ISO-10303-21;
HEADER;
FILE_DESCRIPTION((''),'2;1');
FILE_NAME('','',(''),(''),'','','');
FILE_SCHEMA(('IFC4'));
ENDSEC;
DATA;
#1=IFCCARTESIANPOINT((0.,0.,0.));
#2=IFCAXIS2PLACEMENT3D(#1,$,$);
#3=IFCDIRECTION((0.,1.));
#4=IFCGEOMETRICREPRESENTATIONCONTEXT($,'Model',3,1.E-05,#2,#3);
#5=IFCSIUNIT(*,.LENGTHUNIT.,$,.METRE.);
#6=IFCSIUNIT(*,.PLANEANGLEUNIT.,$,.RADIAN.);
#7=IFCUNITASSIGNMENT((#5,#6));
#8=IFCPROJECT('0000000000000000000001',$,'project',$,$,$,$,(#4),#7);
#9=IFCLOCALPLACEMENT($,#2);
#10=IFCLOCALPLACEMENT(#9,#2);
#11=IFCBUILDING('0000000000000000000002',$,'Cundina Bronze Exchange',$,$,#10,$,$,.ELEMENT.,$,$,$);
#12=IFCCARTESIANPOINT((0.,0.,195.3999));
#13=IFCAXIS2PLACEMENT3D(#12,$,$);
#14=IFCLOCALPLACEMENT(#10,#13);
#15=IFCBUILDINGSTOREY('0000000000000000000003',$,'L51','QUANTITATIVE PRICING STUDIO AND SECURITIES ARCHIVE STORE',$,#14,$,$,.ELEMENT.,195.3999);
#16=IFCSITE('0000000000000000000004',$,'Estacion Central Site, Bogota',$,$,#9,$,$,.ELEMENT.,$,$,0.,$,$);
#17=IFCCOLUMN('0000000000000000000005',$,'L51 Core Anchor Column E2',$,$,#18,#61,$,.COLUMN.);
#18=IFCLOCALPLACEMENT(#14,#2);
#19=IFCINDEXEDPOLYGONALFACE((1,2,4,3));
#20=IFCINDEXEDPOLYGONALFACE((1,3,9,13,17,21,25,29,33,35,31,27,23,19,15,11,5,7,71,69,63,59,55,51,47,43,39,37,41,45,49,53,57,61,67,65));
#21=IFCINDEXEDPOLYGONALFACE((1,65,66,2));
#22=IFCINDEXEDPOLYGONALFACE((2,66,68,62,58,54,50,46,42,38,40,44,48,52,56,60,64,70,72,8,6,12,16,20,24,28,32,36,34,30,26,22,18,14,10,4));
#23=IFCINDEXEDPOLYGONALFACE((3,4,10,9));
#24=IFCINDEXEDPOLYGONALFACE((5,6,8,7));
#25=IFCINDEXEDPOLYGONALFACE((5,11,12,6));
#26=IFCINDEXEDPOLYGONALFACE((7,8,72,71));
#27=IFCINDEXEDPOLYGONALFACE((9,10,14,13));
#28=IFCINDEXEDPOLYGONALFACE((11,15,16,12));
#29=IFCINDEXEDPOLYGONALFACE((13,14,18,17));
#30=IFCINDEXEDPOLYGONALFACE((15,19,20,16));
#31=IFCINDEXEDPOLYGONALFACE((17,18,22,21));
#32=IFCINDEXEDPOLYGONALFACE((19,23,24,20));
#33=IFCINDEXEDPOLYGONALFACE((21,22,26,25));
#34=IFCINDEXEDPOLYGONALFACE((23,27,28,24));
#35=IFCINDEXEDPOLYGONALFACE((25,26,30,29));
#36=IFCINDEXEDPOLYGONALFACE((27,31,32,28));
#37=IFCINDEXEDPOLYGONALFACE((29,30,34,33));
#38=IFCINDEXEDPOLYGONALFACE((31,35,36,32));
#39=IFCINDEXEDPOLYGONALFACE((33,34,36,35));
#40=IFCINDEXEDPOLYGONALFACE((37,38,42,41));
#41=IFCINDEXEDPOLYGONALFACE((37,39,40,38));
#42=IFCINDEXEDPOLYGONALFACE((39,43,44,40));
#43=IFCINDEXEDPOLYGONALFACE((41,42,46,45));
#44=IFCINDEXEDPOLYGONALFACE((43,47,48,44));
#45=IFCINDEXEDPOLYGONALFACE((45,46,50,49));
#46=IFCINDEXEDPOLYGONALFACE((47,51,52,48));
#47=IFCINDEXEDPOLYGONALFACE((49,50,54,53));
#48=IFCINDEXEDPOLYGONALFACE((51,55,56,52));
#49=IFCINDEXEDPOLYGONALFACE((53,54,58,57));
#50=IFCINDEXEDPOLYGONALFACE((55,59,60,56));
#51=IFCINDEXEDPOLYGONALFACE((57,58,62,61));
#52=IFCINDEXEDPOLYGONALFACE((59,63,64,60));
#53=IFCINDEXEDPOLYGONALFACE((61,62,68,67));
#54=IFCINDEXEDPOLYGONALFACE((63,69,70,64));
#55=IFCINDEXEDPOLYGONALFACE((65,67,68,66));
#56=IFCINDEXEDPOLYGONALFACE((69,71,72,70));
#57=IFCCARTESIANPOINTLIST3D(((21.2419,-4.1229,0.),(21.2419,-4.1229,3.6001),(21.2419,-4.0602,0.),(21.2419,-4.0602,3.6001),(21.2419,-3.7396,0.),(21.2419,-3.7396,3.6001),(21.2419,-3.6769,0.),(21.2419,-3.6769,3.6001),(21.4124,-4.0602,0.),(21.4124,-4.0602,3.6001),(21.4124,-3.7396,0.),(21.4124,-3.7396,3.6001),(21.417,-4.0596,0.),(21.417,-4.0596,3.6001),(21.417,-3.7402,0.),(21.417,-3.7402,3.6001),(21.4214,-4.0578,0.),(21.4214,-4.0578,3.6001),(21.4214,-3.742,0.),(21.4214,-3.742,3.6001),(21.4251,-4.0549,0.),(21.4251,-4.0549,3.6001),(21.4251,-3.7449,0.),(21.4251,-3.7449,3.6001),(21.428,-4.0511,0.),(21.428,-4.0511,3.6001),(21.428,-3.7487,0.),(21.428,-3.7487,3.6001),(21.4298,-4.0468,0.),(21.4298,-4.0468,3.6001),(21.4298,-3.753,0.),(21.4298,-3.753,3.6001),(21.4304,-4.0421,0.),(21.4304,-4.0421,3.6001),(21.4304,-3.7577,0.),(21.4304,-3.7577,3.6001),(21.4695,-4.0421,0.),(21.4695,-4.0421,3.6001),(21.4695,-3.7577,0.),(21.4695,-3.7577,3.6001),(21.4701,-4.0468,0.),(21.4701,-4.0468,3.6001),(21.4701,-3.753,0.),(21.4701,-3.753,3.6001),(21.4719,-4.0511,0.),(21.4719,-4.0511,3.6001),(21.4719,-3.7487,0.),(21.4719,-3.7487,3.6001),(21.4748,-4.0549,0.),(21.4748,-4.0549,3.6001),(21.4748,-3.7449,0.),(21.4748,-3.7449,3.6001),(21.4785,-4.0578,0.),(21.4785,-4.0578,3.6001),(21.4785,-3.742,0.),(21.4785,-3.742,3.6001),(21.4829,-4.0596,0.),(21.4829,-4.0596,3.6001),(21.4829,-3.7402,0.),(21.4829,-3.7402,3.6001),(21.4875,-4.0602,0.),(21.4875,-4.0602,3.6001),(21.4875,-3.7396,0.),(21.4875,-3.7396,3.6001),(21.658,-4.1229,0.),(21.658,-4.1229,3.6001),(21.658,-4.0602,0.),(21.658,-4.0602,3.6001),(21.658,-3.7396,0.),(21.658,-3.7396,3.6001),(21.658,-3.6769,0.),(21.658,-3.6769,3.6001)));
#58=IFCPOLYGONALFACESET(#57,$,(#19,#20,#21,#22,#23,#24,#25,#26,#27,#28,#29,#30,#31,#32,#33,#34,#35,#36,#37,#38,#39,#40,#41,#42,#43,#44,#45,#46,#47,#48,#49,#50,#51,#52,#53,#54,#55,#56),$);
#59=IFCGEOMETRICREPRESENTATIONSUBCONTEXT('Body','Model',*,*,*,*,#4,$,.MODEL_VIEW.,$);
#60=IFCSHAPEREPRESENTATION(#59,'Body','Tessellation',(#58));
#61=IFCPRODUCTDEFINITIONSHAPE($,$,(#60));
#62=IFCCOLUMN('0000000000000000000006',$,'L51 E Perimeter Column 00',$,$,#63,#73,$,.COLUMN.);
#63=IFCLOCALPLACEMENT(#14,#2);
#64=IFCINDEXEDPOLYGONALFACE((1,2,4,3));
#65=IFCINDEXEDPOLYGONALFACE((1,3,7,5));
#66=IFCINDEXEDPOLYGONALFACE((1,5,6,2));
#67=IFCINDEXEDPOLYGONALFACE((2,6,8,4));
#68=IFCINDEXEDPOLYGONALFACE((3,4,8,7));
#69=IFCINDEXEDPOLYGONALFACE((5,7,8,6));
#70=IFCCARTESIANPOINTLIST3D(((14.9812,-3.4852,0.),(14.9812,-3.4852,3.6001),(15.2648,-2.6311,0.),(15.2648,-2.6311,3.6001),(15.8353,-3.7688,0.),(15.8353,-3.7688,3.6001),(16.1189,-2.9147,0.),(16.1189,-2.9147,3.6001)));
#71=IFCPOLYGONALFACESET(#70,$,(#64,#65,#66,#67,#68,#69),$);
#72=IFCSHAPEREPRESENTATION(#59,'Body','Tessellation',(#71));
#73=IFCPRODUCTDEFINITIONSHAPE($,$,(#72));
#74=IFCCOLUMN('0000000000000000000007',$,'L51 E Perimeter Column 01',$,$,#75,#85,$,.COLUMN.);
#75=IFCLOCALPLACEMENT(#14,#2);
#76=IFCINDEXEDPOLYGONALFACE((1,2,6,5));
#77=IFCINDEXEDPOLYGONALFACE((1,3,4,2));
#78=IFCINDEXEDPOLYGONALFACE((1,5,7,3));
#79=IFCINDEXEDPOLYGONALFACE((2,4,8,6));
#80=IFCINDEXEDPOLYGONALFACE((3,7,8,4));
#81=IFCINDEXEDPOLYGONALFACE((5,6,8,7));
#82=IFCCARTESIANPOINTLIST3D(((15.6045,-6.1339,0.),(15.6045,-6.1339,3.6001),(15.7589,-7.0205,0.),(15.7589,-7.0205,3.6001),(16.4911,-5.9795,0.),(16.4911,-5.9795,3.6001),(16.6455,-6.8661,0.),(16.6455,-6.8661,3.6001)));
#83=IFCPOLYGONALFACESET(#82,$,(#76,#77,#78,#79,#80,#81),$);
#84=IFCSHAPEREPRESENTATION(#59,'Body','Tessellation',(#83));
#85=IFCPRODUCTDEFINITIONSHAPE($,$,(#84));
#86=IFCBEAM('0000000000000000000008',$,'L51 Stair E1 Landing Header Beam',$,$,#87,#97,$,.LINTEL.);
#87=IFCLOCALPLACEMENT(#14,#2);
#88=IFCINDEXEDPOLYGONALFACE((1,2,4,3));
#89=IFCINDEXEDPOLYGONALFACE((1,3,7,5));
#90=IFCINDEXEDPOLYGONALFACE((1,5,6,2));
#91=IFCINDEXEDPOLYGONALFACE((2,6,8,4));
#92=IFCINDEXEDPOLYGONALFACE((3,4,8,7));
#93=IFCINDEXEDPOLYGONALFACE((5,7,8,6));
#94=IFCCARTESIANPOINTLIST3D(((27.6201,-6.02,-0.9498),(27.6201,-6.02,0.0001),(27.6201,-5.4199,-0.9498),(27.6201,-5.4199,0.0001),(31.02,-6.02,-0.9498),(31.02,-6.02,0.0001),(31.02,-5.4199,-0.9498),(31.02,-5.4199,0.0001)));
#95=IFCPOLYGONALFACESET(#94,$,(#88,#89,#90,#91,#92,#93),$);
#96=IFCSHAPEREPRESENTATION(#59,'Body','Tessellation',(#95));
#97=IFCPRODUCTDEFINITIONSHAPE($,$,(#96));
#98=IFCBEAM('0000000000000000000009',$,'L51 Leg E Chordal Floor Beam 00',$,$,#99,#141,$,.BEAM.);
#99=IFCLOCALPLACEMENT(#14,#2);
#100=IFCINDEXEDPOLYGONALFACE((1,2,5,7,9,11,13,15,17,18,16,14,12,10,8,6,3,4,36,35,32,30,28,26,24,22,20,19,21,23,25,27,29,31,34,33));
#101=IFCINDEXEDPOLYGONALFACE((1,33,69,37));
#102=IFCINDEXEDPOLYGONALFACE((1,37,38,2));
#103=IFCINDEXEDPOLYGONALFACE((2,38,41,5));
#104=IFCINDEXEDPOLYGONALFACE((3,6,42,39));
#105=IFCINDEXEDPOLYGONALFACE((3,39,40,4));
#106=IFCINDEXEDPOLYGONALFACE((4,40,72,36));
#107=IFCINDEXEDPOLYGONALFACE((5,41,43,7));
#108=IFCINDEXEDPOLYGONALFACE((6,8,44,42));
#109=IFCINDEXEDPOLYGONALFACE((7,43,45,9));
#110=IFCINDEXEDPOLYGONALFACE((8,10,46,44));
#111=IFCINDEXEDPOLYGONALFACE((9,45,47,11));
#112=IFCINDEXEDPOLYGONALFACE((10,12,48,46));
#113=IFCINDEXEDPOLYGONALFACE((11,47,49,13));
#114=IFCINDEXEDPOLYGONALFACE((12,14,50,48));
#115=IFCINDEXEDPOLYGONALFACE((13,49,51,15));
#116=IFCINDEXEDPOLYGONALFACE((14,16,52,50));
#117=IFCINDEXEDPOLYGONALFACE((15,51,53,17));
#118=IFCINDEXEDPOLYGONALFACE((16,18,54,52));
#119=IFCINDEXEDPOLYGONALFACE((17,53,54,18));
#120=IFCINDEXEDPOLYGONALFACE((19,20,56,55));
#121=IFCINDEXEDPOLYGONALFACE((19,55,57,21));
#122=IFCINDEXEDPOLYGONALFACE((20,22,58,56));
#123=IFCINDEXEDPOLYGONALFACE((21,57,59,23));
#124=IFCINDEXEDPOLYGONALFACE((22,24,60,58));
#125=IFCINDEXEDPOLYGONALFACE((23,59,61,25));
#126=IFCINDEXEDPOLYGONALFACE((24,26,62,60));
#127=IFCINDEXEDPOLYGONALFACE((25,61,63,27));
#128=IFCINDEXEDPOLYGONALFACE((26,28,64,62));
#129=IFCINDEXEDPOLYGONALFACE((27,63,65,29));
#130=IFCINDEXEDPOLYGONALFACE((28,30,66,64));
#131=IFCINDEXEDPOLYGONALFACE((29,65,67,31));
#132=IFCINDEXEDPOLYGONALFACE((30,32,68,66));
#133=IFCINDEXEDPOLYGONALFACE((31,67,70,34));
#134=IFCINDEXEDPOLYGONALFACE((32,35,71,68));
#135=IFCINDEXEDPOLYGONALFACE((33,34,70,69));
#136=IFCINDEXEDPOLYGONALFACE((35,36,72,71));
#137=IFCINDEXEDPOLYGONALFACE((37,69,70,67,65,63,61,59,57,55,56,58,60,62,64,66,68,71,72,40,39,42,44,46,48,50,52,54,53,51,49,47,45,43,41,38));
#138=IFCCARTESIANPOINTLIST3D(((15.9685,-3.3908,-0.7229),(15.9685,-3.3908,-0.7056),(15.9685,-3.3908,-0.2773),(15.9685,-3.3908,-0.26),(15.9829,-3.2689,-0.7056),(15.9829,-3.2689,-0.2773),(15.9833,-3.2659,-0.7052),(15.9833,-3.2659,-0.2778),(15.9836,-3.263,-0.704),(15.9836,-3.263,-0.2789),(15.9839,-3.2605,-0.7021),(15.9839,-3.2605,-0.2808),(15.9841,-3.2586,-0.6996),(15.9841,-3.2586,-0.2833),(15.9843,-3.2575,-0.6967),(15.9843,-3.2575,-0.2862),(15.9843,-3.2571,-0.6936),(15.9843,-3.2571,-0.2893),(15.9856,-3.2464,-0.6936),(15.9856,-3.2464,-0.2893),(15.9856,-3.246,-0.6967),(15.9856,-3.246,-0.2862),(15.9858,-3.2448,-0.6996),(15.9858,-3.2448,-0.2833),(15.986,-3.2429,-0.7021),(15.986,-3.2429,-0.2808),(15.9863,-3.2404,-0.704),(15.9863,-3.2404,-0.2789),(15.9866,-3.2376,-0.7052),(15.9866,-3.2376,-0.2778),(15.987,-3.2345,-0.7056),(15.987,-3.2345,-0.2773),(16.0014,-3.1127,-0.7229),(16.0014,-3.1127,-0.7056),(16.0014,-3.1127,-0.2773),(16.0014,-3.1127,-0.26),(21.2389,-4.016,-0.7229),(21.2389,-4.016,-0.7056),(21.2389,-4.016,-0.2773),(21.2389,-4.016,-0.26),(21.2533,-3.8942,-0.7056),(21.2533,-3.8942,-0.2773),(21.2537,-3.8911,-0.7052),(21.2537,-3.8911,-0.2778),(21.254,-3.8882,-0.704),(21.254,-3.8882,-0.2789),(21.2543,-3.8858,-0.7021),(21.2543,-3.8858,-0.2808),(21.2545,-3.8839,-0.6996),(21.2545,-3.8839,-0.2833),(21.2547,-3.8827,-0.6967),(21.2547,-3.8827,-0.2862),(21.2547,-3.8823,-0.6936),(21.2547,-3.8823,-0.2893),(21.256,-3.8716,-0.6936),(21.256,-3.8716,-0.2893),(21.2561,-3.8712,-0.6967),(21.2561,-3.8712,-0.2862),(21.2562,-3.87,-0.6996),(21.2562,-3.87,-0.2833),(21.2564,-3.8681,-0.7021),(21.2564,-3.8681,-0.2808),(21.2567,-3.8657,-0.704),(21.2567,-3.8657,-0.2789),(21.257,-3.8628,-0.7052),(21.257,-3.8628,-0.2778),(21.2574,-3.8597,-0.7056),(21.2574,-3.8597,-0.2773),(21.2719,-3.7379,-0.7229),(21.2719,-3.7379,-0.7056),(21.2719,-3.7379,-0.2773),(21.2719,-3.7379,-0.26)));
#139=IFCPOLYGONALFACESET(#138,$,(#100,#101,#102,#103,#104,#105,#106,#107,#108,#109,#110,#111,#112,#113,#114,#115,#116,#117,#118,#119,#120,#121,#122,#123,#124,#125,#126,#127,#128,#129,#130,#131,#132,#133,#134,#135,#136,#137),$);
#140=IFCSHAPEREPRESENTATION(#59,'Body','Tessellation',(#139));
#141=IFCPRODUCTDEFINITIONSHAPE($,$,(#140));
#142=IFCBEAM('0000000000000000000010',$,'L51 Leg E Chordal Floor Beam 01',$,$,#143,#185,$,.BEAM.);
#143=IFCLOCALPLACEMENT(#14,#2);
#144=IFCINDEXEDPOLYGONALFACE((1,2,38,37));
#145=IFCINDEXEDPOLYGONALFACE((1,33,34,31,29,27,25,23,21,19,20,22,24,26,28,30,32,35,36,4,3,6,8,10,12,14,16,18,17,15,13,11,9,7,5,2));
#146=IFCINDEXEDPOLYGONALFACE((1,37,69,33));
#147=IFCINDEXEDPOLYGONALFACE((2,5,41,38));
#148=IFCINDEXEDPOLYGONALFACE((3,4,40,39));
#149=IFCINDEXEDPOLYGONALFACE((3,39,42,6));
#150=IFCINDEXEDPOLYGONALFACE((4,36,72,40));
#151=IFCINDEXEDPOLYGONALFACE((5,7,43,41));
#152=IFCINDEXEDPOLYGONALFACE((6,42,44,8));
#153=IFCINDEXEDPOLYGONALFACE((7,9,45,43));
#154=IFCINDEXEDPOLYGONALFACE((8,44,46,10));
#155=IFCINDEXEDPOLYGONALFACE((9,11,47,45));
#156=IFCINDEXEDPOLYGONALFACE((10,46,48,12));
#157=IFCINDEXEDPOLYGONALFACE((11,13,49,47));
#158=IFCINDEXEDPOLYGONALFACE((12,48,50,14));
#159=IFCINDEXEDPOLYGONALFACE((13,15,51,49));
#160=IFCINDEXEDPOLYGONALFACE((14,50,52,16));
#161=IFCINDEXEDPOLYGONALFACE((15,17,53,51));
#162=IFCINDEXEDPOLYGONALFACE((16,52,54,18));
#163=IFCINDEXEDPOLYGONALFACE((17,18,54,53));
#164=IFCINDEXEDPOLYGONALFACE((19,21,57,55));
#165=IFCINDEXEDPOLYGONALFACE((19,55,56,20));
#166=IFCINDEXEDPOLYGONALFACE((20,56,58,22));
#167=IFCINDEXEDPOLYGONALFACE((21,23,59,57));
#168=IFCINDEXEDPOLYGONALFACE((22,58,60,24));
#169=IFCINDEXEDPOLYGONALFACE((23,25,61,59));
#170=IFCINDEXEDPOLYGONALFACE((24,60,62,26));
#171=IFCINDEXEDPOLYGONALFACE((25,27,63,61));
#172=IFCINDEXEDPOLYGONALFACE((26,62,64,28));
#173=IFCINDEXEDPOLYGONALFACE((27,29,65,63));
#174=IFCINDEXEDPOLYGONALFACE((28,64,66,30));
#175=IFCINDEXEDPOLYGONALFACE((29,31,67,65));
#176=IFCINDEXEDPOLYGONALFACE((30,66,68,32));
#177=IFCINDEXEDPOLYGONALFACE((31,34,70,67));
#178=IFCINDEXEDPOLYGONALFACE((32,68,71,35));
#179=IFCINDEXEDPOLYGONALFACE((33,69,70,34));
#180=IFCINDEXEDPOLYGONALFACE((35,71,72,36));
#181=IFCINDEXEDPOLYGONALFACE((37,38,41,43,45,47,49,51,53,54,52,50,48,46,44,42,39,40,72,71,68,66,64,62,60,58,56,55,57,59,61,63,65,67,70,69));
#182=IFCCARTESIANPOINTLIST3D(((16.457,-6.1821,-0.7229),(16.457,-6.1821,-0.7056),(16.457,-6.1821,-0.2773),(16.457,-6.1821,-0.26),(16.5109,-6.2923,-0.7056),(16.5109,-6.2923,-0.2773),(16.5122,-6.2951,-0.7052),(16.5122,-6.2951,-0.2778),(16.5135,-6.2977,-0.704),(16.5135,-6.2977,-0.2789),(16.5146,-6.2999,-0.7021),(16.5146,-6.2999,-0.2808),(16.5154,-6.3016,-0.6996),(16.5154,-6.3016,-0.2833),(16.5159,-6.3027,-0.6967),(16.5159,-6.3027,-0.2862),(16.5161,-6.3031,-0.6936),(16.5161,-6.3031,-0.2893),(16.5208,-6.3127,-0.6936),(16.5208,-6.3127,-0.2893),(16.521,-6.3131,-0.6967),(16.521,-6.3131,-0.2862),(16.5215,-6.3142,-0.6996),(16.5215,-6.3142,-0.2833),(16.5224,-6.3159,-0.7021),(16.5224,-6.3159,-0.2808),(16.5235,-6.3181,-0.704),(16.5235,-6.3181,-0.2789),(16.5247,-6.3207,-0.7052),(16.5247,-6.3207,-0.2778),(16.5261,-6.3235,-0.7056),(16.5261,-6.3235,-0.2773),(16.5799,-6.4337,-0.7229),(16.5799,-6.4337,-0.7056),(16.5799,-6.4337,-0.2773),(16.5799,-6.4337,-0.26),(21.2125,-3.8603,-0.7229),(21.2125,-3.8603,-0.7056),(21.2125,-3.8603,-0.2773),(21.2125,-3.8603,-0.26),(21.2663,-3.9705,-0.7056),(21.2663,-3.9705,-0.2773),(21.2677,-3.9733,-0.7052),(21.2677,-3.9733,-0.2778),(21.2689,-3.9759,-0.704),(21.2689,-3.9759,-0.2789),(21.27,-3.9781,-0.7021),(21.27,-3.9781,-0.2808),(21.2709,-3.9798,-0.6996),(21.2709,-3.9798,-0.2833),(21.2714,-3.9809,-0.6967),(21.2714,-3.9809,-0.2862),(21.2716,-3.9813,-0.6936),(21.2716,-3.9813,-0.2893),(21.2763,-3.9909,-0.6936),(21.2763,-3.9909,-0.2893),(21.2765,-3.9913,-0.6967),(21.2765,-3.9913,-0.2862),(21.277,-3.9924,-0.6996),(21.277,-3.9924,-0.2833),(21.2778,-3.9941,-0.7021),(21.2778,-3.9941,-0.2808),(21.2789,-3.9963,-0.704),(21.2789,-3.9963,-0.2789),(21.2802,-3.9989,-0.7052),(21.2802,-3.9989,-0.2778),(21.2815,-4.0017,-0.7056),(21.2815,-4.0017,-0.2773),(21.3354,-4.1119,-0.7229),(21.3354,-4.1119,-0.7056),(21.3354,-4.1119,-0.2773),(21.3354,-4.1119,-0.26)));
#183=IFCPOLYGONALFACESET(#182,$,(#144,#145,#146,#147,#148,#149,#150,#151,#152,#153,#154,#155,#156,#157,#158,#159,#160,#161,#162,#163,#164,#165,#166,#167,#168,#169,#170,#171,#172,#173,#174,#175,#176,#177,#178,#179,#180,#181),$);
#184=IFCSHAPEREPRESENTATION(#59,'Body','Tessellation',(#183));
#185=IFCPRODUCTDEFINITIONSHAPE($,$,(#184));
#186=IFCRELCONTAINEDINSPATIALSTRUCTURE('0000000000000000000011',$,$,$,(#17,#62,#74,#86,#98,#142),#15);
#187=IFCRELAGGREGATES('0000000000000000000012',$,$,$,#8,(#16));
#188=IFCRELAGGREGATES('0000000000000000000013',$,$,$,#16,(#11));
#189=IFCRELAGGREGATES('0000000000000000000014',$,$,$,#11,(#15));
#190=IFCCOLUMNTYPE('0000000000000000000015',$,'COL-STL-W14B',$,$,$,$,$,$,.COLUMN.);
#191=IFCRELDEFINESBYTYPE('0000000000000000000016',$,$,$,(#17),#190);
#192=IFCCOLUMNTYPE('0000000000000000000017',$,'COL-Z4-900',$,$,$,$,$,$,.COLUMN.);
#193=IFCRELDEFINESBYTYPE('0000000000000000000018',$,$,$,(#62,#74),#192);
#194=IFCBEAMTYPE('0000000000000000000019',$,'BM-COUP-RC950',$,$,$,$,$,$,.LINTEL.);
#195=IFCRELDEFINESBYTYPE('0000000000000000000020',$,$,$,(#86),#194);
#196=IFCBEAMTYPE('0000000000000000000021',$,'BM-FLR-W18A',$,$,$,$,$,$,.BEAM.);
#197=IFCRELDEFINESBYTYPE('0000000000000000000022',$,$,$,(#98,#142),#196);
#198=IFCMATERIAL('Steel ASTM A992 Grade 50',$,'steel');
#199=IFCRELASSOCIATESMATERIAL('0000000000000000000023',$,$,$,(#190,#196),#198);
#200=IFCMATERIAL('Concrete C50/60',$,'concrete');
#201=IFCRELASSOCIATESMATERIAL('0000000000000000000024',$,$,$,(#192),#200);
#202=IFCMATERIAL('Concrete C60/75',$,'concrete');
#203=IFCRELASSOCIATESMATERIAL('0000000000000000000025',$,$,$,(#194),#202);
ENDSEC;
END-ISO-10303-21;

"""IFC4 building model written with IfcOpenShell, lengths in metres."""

from ifc_helpers import new_model, si_unit, direction, frame, origin, origin_2d, place, context, subcontext, project, spatial, rectangle, i_section, extrude, material, material_profile, profile_set, type_object, element, save


model = new_model("IFC4")

# Units and contexts
model_context = context("Model", 3, precision=1e-05, world=origin(), true_north=direction((0.0, 1.0)))
body_context = subcontext(model_context, "Body", "Model", "MODEL_VIEW")
ifc_project = project(units=[si_unit("LENGTHUNIT", "METRE"), si_unit("PLANEANGLEUNIT", "RADIAN")], contexts=[model_context])

# Site, building, storey
site_placement = place(None, origin())
site = spatial("IfcSite", under=ifc_project, at=site_placement, Name="Estacion Central Site, Bogota", CompositionType="ELEMENT", RefElevation=0.0)
building_placement = place(site_placement, origin())
building = spatial("IfcBuilding", under=site, at=building_placement, Name="Cundina Bronze Exchange", CompositionType="ELEMENT")
storey_placement = place(building_placement, frame((0.0, 0.0, 195.3999)))
storey = spatial("IfcBuildingStorey", under=building, at=storey_placement, Name="L51", Description="QUANTITATIVE PRICING STUDIO AND SECURITIES ARCHIVE STORE", CompositionType="ELEMENT", Elevation=195.3999)

# Columns
ifc_material_1 = material(Name="Steel ASTM A992 Grade 50", Category="steel")
ifc_material_profile_1 = material_profile(ifc_material_1, i_section(OverallWidth=0.416, OverallDepth=0.446, WebThickness=0.0391, FlangeThickness=0.0627, FilletRadius=0.0181, at=origin_2d()), Name="W14X342", Category="steel")
ifc_profile_set_1 = profile_set([ifc_material_profile_1], Name="Steel ASTM A992 Grade 50")
column_type_1 = type_object("IfcColumnType", Name="COL-STL-W14B", PredefinedType="COLUMN", material=ifc_profile_set_1)
column_placement = place(storey_placement, frame((21.45, -3.8999, 0.0), z_axis=(0.0, 0.0, 1.0), x_axis=(1.0, 0.0, 0.0)))
element("IfcColumn", 1, at=column_placement, inside=storey, type_object=column_type_1, Name="L51 Core Anchor Column E2", PredefinedType="COLUMN", context=body_context, shape_type="SweptSolid", body=[
    extrude(i_section(OverallWidth=0.416, OverallDepth=0.446, WebThickness=0.0391, FlangeThickness=0.0627, FilletRadius=0.0181, at=origin_2d()), origin(), (0.0, 0.0, 1.0), 3.6001),
])
ifc_material_2 = material(Name="Concrete C50/60", Category="concrete")
ifc_material_profile_2 = material_profile(ifc_material_2, rectangle(XDim=0.8999, YDim=0.8999, at=origin_2d()), Name="RC900X900", Category="concrete")
ifc_profile_set_2 = profile_set([ifc_material_profile_2], Name="Concrete C50/60")
column_type_2 = type_object("IfcColumnType", Name="COL-Z4-900", PredefinedType="COLUMN", material=ifc_profile_set_2)
for number, where, z_axis, x_axis, name in (
    (2, (15.55, -3.2, 0.0), (0.0, 0.0, 1.0), (-0.315152, -0.949041, 0.0), "L51 E Perimeter Column 00"),
    (3, (16.125, -6.5, 0.0), (0.0, 0.0, 1.0), (0.171585, -0.985169, 0.0), "L51 E Perimeter Column 01"),
):
    element("IfcColumn", number, at=place(storey_placement, frame(where, z_axis=z_axis, x_axis=x_axis)), inside=storey, type_object=column_type_2, Name=name, PredefinedType="COLUMN", context=body_context, shape_type="SweptSolid", body=[
        extrude(rectangle(XDim=0.8999, YDim=0.8999, at=origin_2d()), origin(), (0.0, 0.0, 1.0), 3.6001),
    ])

# Beams
ifc_material_3 = material(Name="Concrete C60/75", Category="concrete")
ifc_material_profile_3 = material_profile(ifc_material_3, rectangle(XDim=0.6001, YDim=0.95, at=origin_2d()), Name="RC600X950", Category="concrete")
ifc_profile_set_3 = profile_set([ifc_material_profile_3], Name="Concrete C60/75")
beam_type_1 = type_object("IfcBeamType", Name="BM-COUP-RC950", PredefinedType="LINTEL", material=ifc_profile_set_3)
beam_1_placement = place(storey_placement, frame((27.6201, -5.72, -0.4749), z_axis=(1.0, 0.0, 0.0), x_axis=(0.0, 1.0, 0.0)))
element("IfcBeam", 4, at=beam_1_placement, inside=storey, type_object=beam_type_1, Name="L51 Stair E1 Landing Header Beam", PredefinedType="LINTEL", context=body_context, shape_type="SweptSolid", body=[
    extrude(rectangle(XDim=0.6001, YDim=0.95, at=origin_2d()), origin(), (0.0, 0.0, 1.0), 3.3999),
])
ifc_material_profile_4 = material_profile(ifc_material_1, i_section(OverallWidth=0.28, OverallDepth=0.4629, WebThickness=0.0107, FlangeThickness=0.0173, FilletRadius=0.012, at=origin_2d()), Name="W18X76", Category="steel")
ifc_profile_set_4 = profile_set([ifc_material_profile_4], Name="Steel ASTM A992 Grade 50")
beam_type_2 = type_object("IfcBeamType", Name="BM-FLR-W18A", PredefinedType="BEAM", material=ifc_profile_set_4)
beam_2_placement = place(storey_placement, frame((21.2554, -3.877, -0.4915), z_axis=(-0.993037, 0.117805, 0.0), x_axis=(-0.117805, -0.993037, 0.0)))
element("IfcBeam", 5, at=beam_2_placement, inside=storey, type_object=beam_type_2, Name="L51 Leg E Chordal Floor Beam 00", PredefinedType="BEAM", context=body_context, shape_type="SweptSolid", body=[
    extrude(i_section(OverallWidth=0.28, OverallDepth=0.4629, WebThickness=0.0107, FlangeThickness=0.0173, FilletRadius=0.012, at=origin_2d()), origin(), (0.0, 0.0, 1.0), 5.3074),
])
beam_3_placement = place(storey_placement, frame((21.2739, -3.9861, -0.4915), z_axis=(-0.898613, -0.438742, 0.0), x_axis=(0.438742, -0.898613, 0.0)))
element("IfcBeam", 6, at=beam_3_placement, inside=storey, type_object=beam_type_2, Name="L51 Leg E Chordal Floor Beam 01", PredefinedType="BEAM", context=body_context, shape_type="SweptSolid", body=[
    extrude(i_section(OverallWidth=0.28, OverallDepth=0.4629, WebThickness=0.0107, FlangeThickness=0.0173, FilletRadius=0.012, at=origin_2d()), origin(), (0.0, 0.0, 1.0), 5.292),
])

save(model, "model.ifc")
